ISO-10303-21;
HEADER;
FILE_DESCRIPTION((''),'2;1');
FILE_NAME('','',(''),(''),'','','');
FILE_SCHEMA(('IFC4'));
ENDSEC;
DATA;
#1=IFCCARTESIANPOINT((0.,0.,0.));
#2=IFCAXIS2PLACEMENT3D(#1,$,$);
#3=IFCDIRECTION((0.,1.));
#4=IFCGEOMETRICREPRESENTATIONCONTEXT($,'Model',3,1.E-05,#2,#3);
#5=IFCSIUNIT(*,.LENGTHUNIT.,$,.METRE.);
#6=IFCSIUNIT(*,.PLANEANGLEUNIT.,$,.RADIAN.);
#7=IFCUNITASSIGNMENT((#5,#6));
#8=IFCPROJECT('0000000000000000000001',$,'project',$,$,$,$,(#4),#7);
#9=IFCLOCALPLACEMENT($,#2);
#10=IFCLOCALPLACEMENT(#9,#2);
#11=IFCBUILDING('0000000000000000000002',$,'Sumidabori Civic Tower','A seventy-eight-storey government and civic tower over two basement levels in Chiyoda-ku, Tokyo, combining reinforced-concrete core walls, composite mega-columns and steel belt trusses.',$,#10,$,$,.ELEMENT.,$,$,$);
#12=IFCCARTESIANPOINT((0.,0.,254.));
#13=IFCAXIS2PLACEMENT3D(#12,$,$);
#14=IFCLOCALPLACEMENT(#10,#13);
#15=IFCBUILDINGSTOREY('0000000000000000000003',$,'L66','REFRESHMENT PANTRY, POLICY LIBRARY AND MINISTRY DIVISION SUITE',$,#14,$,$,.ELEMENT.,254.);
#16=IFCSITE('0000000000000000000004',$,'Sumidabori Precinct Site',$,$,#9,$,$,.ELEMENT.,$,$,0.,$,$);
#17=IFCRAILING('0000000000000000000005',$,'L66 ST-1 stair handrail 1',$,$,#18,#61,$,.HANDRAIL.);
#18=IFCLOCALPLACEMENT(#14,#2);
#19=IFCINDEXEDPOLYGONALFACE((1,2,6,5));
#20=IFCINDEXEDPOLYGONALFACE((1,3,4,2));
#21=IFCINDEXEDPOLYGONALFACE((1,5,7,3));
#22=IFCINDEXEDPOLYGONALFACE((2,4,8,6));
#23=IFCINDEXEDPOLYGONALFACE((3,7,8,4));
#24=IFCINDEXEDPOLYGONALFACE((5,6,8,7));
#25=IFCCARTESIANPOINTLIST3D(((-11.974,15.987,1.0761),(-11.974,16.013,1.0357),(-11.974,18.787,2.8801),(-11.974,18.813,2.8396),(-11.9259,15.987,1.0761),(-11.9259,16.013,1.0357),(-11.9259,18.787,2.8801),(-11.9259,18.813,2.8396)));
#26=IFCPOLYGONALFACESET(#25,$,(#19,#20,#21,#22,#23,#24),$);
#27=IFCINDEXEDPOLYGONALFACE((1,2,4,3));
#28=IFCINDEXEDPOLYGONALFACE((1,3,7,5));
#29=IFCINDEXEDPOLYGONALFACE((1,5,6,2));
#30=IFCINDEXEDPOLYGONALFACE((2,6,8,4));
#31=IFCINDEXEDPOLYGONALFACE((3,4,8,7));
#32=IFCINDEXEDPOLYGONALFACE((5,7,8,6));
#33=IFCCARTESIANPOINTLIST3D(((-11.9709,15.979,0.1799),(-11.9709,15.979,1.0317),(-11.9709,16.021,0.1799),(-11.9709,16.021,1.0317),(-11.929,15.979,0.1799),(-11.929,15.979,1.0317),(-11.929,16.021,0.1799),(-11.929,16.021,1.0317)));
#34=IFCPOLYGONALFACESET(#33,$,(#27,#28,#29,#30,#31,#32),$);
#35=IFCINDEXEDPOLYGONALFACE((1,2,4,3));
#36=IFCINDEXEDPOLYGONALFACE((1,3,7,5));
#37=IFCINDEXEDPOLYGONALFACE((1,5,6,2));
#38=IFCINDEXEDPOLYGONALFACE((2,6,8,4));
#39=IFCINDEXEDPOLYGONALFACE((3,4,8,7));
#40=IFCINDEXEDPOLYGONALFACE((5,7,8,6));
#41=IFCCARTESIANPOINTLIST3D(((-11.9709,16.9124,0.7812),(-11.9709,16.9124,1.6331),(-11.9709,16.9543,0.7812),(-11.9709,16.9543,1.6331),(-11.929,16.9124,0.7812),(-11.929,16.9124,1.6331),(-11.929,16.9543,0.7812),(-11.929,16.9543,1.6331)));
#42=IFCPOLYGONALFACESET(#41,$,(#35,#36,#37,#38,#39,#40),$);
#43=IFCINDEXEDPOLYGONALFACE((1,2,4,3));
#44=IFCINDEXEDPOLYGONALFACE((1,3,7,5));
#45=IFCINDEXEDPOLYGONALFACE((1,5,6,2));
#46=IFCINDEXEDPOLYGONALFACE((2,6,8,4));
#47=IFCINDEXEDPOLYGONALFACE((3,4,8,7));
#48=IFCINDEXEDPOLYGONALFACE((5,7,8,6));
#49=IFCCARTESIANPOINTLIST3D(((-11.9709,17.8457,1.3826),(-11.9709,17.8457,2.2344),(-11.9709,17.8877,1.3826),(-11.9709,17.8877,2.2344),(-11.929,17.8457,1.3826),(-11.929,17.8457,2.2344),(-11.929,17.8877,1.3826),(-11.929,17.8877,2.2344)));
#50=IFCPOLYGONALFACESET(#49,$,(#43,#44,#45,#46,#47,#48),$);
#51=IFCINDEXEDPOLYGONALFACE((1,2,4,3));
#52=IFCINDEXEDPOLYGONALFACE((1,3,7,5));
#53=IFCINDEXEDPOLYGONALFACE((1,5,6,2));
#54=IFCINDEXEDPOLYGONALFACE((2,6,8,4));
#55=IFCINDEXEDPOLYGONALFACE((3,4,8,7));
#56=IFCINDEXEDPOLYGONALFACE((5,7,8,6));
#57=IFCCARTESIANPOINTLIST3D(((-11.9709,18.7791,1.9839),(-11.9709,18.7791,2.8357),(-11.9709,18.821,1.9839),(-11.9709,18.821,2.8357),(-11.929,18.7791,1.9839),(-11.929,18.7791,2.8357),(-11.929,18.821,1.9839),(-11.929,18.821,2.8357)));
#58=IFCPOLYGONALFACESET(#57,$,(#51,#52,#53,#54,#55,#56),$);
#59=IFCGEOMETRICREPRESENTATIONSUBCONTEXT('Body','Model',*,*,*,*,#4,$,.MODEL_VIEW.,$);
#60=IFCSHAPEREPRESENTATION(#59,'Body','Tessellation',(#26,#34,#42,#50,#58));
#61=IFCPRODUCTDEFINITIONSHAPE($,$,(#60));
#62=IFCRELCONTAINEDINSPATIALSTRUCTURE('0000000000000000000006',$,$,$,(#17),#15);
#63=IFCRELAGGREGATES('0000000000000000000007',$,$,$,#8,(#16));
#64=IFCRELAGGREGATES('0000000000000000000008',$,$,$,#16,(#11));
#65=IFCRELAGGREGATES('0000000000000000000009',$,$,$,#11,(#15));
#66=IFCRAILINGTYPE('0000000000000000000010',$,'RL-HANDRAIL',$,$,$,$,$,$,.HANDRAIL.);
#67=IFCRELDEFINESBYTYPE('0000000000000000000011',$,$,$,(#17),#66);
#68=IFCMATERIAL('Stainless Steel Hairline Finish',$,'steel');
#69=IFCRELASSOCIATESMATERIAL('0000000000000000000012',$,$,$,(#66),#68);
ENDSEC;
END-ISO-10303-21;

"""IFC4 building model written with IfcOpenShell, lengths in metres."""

from ifc_helpers import new_model, si_unit, direction, frame, origin, origin_2d, place, context, subcontext, project, spatial, rectangle, extrude, material, type_object, element, save


model = new_model("IFC4")

# Units and contexts
model_context = context("Model", 3, precision=1e-05, world=origin(), true_north=direction((0.0, 1.0)))
body_context = subcontext(model_context, "Body", "Model", "MODEL_VIEW")
ifc_project = project(units=[si_unit("LENGTHUNIT", "METRE"), si_unit("PLANEANGLEUNIT", "RADIAN")], contexts=[model_context])

# Site, building, storey
site_placement = place(None, origin())
site = spatial("IfcSite", under=ifc_project, at=site_placement, Name="Sumidabori Precinct Site", CompositionType="ELEMENT", RefElevation=0.0)
building_placement = place(site_placement, origin())
building = spatial("IfcBuilding", under=site, at=building_placement, Name="Sumidabori Civic Tower", Description="A seventy-eight-storey government and civic tower over two basement levels in Chiyoda-ku, Tokyo, combining reinforced-concrete core walls, composite mega-columns and steel belt trusses.", CompositionType="ELEMENT")
storey_placement = place(building_placement, frame((0.0, 0.0, 254.0)))
storey = spatial("IfcBuildingStorey", under=building, at=storey_placement, Name="L66", Description="REFRESHMENT PANTRY, POLICY LIBRARY AND MINISTRY DIVISION SUITE", CompositionType="ELEMENT", Elevation=254.0)

# Shared definitions
ifc_material_1 = material(Name="Stainless Steel Hairline Finish", Category="steel")

# Railing
railing_type = type_object("IfcRailingType", Name="RL-HANDRAIL", PredefinedType="HANDRAIL", material=ifc_material_1)
railing_placement = place(storey_placement, frame((-11.95, 16.0, 0.1799)))
element("IfcRailing", 1, at=railing_placement, inside=storey, type_object=railing_type, Name="L66 ST-1 stair handrail 1", PredefinedType="HANDRAIL", context=body_context, shape_type="SweptSolid", body=[
    extrude(rectangle(XDim=0.0481, YDim=0.0481, at=origin_2d()), frame((0.0, 0.0, 0.876), z_axis=(0.0, 0.840642, 0.541591), x_axis=(-1.0, 0.0, 0.0)), (0.0, 0.0, 1.0), 3.3308),
    extrude(rectangle(XDim=0.042, YDim=0.042, at=origin_2d()), origin(), (0.0, 0.0, 1.0), 0.8518),
    extrude(rectangle(XDim=0.042, YDim=0.042, at=origin_2d()), frame((0.0, 0.9333, 0.6013)), (0.0, 0.0, 1.0), 0.8518),
    extrude(rectangle(XDim=0.042, YDim=0.042, at=origin_2d()), frame((0.0, 1.8667, 1.2026)), (0.0, 0.0, 1.0), 0.8518),
    extrude(rectangle(XDim=0.042, YDim=0.042, at=origin_2d()), frame((0.0, 2.8, 1.804)), (0.0, 0.0, 1.0), 0.8518),
])

save(model, "model.ifc")
